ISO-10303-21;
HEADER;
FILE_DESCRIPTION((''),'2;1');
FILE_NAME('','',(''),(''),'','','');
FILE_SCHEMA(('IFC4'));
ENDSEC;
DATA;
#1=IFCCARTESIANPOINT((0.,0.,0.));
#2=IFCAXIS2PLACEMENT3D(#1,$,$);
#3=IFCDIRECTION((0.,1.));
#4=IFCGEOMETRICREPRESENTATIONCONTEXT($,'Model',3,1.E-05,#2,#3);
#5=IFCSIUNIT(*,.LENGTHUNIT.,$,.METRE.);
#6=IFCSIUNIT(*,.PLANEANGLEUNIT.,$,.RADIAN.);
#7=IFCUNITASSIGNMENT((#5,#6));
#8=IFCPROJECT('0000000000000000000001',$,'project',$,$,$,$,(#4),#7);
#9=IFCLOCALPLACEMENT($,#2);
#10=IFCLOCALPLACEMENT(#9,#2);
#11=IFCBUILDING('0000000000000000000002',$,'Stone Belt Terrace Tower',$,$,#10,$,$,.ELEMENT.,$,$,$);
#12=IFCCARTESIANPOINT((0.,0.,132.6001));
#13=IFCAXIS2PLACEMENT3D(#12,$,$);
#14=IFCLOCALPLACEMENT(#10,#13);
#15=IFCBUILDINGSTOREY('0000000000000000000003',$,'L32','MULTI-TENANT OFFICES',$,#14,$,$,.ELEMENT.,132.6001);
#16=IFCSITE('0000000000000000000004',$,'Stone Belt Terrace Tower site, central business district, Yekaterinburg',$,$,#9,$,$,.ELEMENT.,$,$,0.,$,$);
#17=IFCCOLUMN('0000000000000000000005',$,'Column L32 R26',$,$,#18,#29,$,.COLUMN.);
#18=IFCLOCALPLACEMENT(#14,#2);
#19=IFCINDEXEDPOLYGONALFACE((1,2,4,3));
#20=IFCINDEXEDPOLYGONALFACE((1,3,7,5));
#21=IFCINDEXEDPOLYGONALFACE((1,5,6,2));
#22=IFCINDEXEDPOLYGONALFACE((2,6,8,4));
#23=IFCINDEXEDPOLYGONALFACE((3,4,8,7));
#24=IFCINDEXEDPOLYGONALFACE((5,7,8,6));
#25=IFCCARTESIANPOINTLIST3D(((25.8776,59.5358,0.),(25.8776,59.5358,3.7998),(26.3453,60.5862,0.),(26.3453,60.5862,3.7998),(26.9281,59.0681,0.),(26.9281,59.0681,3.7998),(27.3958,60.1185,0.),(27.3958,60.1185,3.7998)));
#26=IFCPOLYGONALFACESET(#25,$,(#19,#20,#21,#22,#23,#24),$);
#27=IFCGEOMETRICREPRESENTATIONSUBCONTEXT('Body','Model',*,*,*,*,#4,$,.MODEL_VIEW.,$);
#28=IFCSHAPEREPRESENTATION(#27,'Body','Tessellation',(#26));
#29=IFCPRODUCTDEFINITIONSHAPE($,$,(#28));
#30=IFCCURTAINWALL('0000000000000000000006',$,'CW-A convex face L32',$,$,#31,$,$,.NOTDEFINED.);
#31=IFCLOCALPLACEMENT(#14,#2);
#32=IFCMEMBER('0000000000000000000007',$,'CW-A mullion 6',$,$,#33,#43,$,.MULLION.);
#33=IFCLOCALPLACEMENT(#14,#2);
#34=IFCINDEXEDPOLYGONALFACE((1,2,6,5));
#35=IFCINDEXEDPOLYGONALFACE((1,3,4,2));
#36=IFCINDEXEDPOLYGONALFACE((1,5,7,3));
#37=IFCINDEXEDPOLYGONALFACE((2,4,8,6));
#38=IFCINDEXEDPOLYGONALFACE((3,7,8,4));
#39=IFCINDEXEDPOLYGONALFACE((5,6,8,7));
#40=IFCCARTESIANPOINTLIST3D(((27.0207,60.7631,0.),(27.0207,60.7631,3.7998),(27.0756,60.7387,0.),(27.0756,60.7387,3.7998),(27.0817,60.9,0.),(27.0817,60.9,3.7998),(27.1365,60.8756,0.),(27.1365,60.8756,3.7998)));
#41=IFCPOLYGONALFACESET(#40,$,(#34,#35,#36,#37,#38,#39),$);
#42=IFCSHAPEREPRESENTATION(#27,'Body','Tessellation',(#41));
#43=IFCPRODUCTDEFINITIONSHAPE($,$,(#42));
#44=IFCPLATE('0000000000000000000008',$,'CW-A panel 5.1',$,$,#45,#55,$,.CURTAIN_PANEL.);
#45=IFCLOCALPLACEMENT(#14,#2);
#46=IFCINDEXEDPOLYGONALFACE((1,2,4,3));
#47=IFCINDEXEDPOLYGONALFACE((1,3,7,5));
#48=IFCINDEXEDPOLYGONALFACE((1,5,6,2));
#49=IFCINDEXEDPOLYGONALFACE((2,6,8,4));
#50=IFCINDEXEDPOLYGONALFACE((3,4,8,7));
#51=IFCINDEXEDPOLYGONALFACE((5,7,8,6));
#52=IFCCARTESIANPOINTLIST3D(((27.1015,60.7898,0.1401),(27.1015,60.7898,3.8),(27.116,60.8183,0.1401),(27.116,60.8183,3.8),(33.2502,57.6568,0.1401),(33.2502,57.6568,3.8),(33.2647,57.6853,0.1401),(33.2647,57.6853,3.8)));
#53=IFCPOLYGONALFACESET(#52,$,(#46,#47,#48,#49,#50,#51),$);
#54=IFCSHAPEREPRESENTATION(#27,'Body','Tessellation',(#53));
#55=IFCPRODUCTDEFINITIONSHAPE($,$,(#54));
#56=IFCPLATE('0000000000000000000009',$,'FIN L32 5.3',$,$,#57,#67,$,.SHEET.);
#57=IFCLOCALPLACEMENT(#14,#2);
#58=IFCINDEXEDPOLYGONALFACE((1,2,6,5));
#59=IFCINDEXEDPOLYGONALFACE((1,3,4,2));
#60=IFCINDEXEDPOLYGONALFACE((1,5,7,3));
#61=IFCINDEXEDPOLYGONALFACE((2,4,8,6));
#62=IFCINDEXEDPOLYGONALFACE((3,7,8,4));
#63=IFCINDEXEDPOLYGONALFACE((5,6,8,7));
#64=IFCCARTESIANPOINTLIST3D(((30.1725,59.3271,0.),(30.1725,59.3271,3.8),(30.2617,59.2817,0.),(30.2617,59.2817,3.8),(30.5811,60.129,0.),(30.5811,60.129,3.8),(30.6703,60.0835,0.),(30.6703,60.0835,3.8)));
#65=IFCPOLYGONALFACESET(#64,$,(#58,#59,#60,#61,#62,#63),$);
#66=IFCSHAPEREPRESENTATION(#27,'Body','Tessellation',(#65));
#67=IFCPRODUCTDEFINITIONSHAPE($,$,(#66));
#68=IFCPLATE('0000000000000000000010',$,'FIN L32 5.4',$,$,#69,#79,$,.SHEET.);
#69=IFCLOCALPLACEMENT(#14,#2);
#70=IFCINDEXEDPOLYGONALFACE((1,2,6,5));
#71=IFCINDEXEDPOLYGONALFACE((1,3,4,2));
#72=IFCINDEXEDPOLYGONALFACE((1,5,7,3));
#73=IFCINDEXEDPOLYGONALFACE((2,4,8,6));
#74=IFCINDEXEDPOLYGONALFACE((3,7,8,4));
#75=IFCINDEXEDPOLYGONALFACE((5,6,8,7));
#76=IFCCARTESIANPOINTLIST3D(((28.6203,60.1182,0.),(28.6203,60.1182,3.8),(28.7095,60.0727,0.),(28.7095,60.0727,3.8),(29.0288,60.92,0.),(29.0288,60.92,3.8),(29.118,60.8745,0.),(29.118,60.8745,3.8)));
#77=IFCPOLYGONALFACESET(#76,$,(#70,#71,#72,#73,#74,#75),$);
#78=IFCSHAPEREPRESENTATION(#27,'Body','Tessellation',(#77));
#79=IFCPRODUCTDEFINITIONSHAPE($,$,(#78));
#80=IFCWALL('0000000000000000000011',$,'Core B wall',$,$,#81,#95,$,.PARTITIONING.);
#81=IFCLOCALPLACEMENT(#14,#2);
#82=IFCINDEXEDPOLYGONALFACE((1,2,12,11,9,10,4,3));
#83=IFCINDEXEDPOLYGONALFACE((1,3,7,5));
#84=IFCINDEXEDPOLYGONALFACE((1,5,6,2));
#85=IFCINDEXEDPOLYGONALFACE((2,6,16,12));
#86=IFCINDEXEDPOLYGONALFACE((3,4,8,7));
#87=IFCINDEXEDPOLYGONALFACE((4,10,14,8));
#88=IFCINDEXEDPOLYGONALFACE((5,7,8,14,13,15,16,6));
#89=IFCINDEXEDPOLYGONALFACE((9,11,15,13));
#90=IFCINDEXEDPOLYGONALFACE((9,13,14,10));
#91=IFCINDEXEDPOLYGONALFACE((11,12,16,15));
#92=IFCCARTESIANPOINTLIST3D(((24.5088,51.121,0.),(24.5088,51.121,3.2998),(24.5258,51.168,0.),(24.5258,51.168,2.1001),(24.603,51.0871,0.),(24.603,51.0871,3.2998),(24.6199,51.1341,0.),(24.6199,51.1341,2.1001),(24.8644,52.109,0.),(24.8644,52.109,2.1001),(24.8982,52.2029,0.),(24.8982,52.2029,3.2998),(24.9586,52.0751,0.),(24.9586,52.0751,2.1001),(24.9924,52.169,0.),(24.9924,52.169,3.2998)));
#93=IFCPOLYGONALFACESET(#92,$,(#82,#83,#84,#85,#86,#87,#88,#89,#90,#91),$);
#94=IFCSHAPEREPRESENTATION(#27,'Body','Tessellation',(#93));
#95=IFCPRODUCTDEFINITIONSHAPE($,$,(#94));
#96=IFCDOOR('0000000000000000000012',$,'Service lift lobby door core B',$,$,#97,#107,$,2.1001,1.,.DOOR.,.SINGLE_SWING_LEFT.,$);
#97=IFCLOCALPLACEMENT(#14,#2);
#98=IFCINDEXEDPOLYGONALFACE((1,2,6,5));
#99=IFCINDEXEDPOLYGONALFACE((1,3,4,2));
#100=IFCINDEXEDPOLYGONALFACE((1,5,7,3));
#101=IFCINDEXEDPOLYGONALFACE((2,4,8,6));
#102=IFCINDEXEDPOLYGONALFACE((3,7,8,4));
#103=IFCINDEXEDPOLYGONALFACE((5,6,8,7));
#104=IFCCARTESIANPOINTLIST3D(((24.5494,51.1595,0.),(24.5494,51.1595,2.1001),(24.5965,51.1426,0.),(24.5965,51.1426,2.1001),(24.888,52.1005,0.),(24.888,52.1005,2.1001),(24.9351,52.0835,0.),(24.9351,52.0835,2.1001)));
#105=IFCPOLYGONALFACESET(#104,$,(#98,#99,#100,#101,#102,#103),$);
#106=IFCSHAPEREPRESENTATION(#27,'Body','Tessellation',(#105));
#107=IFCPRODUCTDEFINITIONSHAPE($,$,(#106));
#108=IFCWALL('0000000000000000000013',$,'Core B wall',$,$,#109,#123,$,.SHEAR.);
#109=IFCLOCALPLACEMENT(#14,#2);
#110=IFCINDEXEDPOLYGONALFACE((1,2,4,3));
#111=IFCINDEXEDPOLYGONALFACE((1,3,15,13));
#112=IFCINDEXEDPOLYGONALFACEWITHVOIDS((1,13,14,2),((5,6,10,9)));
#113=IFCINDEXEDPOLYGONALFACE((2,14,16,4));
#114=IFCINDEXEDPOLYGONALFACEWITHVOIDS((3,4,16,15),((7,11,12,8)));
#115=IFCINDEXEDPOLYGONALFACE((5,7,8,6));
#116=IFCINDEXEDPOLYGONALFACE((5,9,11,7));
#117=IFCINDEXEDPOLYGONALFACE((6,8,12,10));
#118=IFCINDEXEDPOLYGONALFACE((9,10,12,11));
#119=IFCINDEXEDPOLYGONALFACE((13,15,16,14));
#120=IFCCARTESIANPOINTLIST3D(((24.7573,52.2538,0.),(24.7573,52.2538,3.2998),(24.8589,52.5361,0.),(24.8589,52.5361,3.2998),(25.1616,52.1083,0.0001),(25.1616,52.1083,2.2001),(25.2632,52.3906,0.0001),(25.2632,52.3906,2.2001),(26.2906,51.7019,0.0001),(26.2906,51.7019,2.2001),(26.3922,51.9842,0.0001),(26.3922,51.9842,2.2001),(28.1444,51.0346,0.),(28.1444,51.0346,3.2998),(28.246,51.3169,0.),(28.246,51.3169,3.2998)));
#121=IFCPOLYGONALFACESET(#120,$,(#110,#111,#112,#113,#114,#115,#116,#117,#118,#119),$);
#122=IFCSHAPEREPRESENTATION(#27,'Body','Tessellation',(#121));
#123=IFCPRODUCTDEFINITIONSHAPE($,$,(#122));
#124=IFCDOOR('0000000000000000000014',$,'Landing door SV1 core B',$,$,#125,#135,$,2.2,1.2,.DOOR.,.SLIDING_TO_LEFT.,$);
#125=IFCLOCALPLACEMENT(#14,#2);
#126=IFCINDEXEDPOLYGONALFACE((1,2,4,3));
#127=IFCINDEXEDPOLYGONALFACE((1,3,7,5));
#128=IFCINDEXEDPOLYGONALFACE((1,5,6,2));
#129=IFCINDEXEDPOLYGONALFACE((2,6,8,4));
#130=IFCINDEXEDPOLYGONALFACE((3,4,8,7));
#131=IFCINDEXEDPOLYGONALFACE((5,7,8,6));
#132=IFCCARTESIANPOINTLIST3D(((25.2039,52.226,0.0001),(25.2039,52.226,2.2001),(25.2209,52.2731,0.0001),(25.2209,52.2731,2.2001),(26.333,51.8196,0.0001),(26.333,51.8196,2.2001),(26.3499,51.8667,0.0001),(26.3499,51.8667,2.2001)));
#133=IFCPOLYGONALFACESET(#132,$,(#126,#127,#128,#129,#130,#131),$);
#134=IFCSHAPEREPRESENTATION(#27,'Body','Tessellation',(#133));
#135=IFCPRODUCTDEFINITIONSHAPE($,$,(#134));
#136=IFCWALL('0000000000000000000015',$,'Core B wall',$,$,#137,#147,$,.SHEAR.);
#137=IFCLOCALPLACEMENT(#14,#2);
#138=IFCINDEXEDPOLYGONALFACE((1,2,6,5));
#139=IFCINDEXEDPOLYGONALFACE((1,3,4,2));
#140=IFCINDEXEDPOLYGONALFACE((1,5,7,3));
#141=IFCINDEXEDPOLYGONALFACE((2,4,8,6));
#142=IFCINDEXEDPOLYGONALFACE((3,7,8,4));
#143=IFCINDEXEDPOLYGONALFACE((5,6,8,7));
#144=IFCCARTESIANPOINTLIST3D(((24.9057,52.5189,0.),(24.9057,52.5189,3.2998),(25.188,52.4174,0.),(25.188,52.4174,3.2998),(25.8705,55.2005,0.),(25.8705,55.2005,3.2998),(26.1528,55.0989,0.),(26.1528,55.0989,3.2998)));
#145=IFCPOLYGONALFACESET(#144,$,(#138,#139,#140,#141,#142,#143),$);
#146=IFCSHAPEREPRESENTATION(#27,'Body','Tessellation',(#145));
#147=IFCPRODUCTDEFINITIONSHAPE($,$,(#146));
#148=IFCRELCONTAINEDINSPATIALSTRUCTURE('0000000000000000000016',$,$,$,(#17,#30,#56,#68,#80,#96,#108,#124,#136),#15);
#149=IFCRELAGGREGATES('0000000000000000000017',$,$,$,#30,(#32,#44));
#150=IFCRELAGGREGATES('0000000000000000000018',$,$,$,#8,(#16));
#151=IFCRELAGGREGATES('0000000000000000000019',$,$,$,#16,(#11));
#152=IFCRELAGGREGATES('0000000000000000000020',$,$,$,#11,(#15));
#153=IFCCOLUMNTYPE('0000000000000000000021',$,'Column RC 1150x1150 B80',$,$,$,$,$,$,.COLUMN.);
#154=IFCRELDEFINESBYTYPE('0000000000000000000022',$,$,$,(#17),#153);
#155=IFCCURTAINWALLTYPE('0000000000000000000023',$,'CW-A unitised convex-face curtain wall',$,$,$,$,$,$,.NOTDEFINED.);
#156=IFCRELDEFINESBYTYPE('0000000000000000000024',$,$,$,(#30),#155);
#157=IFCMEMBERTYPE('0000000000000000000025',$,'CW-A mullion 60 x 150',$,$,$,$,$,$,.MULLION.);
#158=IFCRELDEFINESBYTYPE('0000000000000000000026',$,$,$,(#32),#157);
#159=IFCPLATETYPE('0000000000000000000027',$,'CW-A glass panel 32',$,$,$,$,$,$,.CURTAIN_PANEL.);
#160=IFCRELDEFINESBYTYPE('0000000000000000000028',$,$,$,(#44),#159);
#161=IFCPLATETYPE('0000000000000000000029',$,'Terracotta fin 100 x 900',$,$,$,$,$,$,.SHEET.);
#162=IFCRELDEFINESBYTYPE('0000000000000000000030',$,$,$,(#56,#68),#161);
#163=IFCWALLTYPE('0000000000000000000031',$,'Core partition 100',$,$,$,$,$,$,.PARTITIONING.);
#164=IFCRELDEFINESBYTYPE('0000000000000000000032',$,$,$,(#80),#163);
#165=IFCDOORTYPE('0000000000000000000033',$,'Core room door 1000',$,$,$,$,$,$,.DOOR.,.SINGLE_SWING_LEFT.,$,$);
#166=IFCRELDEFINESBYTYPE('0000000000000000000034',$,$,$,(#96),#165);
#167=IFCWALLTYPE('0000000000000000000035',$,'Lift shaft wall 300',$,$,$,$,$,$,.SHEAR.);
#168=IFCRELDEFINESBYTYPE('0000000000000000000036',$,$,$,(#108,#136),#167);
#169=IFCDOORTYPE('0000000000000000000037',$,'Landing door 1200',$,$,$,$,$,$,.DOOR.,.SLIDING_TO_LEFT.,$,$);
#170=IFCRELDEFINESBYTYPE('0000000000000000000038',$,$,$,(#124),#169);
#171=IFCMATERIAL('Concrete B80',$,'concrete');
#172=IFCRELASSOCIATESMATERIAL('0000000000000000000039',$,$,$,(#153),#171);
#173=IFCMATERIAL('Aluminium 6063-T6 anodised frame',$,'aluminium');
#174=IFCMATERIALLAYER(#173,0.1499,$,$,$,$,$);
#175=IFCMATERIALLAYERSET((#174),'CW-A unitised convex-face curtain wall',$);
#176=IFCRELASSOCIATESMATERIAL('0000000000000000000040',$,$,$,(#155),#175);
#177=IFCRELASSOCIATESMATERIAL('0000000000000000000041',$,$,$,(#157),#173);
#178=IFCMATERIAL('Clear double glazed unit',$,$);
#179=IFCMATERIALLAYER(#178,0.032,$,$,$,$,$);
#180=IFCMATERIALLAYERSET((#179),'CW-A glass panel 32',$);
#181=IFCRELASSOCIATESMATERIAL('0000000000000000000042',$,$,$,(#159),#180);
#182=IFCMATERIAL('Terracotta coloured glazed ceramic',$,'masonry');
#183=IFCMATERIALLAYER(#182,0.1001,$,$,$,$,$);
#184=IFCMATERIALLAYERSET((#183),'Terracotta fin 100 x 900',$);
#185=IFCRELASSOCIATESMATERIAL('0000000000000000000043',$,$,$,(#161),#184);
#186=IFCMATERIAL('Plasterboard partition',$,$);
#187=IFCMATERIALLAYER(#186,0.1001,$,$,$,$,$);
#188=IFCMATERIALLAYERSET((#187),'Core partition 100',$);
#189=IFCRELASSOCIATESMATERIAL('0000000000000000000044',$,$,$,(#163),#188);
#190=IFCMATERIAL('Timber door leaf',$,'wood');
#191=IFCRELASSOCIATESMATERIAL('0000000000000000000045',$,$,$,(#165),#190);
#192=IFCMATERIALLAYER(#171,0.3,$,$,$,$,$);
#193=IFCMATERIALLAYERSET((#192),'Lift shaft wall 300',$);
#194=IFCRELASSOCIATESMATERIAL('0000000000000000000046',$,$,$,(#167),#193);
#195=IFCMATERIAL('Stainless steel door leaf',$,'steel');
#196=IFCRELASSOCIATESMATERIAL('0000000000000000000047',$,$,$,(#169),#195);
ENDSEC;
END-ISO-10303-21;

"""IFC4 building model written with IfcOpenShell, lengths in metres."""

from ifc_helpers import new_model, si_unit, direction, frame, frame_2d, origin, origin_2d, place, context, subcontext, project, spatial, rectangle, extrude, material, layer, layer_set, material_profile, profile_set, type_object, element, fill, aggregate, save


model = new_model("IFC4")

# Units and contexts
model_context = context("Model", 3, precision=1e-05, world=origin(), true_north=direction((0.0, 1.0)))
body_context = subcontext(model_context, "Body", "Model", "MODEL_VIEW")
ifc_project = project(units=[si_unit("LENGTHUNIT", "METRE"), si_unit("PLANEANGLEUNIT", "RADIAN")], contexts=[model_context])

# Site, building, storey
site_placement = place(None, origin())
site = spatial("IfcSite", under=ifc_project, at=site_placement, Name="Stone Belt Terrace Tower site, central business district, Yekaterinburg", CompositionType="ELEMENT", RefElevation=0.0)
building_placement = place(site_placement, origin())
building = spatial("IfcBuilding", under=site, at=building_placement, Name="Stone Belt Terrace Tower", CompositionType="ELEMENT")
storey_placement = place(building_placement, frame((0.0, 0.0, 132.6001)))
storey = spatial("IfcBuildingStorey", under=building, at=storey_placement, Name="L32", Description="MULTI-TENANT OFFICES", CompositionType="ELEMENT", Elevation=132.6001)

# Column
ifc_material_1 = material(Name="Concrete B80", Category="concrete")
ifc_material_profile_1 = material_profile(ifc_material_1, rectangle(XDim=1.1499, YDim=1.1499, at=origin_2d()), Name="RC 1150x1150")
ifc_profile_set_1 = profile_set([ifc_material_profile_1], Name="Concrete B80")
column_type = type_object("IfcColumnType", Name="Column RC 1150x1150 B80", PredefinedType="COLUMN", material=ifc_profile_set_1)
column_placement = place(storey_placement, frame((26.6367, 59.8271, 0.0), z_axis=(0.0, 0.0, 1.0), x_axis=(0.913545, -0.406737, 0.0)))
element("IfcColumn", 1, at=column_placement, inside=storey, type_object=column_type, Name="Column L32 R26", PredefinedType="COLUMN", context=body_context, shape_type="SweptSolid", body=[
    extrude(rectangle(XDim=1.1499, YDim=1.1499, at=origin_2d()), origin(), (0.0, 0.0, 1.0), 3.7998),
])

# Curtain wall, member, plate
ifc_material_2 = material(Name="Aluminium 6063-T6 anodised frame", Category="aluminium")
ifc_layer_1 = layer(ifc_material_2, 0.1499)
ifc_layer_set_1 = layer_set([ifc_layer_1], Name="CW-A unitised convex-face curtain wall")
curtain_wall_type = type_object("IfcCurtainWallType", Name="CW-A unitised convex-face curtain wall", PredefinedType="NOTDEFINED", material=ifc_layer_set_1)
curtain_wall_placement = place(storey_placement, origin())
curtain_wall = element("IfcCurtainWall", 2, at=curtain_wall_placement, inside=storey, type_object=curtain_wall_type, Name="CW-A convex face L32", PredefinedType="NOTDEFINED")
ifc_material_profile_2 = material_profile(ifc_material_2, rectangle(XDim=0.1499, YDim=0.0601, at=origin_2d()), Name="Aluminium 6063-T6 60x150")
ifc_profile_set_2 = profile_set([ifc_material_profile_2], Name="Aluminium 6063-T6 anodised frame")
member_type = type_object("IfcMemberType", Name="CW-A mullion 60 x 150", PredefinedType="MULLION", material=ifc_profile_set_2)
member_placement = place(storey_placement, frame((27.0786, 60.8193, 0.0), z_axis=(0.0, 0.0, 1.0), x_axis=(-0.406737, -0.913545, 0.0)))
member = element("IfcMember", 3, at=member_placement, type_object=member_type, Name="CW-A mullion 6", PredefinedType="MULLION", context=body_context, shape_type="SweptSolid", body=[
    extrude(rectangle(XDim=0.1499, YDim=0.0601, at=origin_2d()), origin(), (0.0, 0.0, 1.0), 3.7998),
])
ifc_material_3 = material(Name="Clear double glazed unit")
ifc_layer_2 = layer(ifc_material_3, 0.032)
ifc_layer_set_2 = layer_set([ifc_layer_2], Name="CW-A glass panel 32")
plate_type_1 = type_object("IfcPlateType", Name="CW-A glass panel 32", PredefinedType="CURTAIN_PANEL", material=ifc_layer_set_2)
plate_placement = place(storey_placement, frame((30.1831, 59.2375, 0.1401), z_axis=(0.0, 0.0, 1.0), x_axis=(-0.891007, 0.45399, 0.0)))
plate = element("IfcPlate", 4, at=plate_placement, type_object=plate_type_1, Name="CW-A panel 5.1", PredefinedType="CURTAIN_PANEL", context=body_context, shape_type="SweptSolid", body=[
    extrude(rectangle(XDim=6.9009, YDim=0.032, at=origin_2d()), origin(), (0.0, 0.0, 1.0), 3.6599),
])
aggregate(curtain_wall, [member, plate])

# Plates
ifc_material_4 = material(Name="Terracotta coloured glazed ceramic", Category="masonry")
ifc_layer_3 = layer(ifc_material_4, 0.1001)
ifc_layer_set_3 = layer_set([ifc_layer_3], Name="Terracotta fin 100 x 900")
plate_type_2 = type_object("IfcPlateType", Name="Terracotta fin 100 x 900", PredefinedType="SHEET", material=ifc_layer_set_3)
for number, where, z_axis, x_axis, name in (
    (5, (30.4214, 59.7053, 0.0), (0.0, 0.0, 1.0), (0.45399, 0.891007, 0.0), "FIN L32 5.3"),
    (6, (28.8691, 60.4963, 0.0), (0.0, 0.0, 1.0), (0.45399, 0.891007, 0.0), "FIN L32 5.4"),
):
    element("IfcPlate", number, at=place(storey_placement, frame(where, z_axis=z_axis, x_axis=x_axis)), inside=storey, type_object=plate_type_2, Name=name, PredefinedType="SHEET", context=body_context, shape_type="SweptSolid", body=[
        extrude(rectangle(XDim=0.8999, YDim=0.1001, at=origin_2d()), origin(), (0.0, 0.0, 1.0), 3.8),
    ])

# Walls, openings, doors
ifc_material_5 = material(Name="Plasterboard partition")
ifc_layer_4 = layer(ifc_material_5, 0.1001)
ifc_layer_set_4 = layer_set([ifc_layer_4], Name="Core partition 100")
wall_type_1 = type_object("IfcWallType", Name="Core partition 100", PredefinedType="PARTITIONING", material=ifc_layer_set_4)
wall_1_placement = place(storey_placement, frame((24.5559, 51.104, 0.0), z_axis=(0.0, 0.0, 1.0), x_axis=(0.338622, 0.940923, 0.0)))
wall_1 = element("IfcWall", 7, at=wall_1_placement, inside=storey, type_object=wall_type_1, Name="Core B wall", PredefinedType="PARTITIONING", context=body_context, shape_type="SweptSolid", body=[
    extrude(rectangle(XDim=1.1499, YDim=0.1001, at=frame_2d((0.575, 0.0))), origin(), (0.0, 0.0, 1.0), 3.2998),
])
opening_1_placement = place(wall_1_placement, frame((0.05, 0.0, 0.0)))
opening_1 = element("IfcOpeningElement", 8, at=opening_1_placement, cuts=wall_1, PredefinedType="OPENING", context=body_context, shape_type="SweptSolid", body=[
    extrude(rectangle(XDim=1.0, YDim=2.1001, at=frame_2d((0.5, 1.05))), frame((0.0, 0.0601, 0.0), z_axis=(0.0, -1.0, 0.0), x_axis=(1.0, 0.0, 0.0)), (0.0, 0.0, 1.0), 0.1201),
])
ifc_material_6 = material(Name="Timber door leaf", Category="wood")
door_type_1 = type_object("IfcDoorType", Name="Core room door 1000", OperationType="SINGLE_SWING_LEFT", PredefinedType="DOOR", material=ifc_material_6)
door_1_placement = place(opening_1_placement, origin())
door_1 = element("IfcDoor", 9, at=door_1_placement, inside=storey, type_object=door_type_1, Name="Service lift lobby door core B", OperationType="SINGLE_SWING_LEFT", OverallHeight=2.1001, OverallWidth=1.0, PredefinedType="DOOR", context=body_context, shape_type="SweptSolid", body=[
    extrude(rectangle(XDim=1.0, YDim=2.1001, at=frame_2d((0.5, 1.05))), frame((0.0, 0.0249, 0.0), z_axis=(0.0, -1.0, 0.0), x_axis=(1.0, 0.0, 0.0)), (0.0, 0.0, 1.0), 0.05),
])
fill(opening_1, door_1)
ifc_layer_5 = layer(ifc_material_1, 0.3)
ifc_layer_set_5 = layer_set([ifc_layer_5], Name="Lift shaft wall 300")
wall_type_2 = type_object("IfcWallType", Name="Lift shaft wall 300", PredefinedType="SHEAR", material=ifc_layer_set_5)
wall_2_placement = place(storey_placement, frame((28.1951, 51.1758, 0.0), z_axis=(0.0, 0.0, 1.0), x_axis=(-0.940901, 0.338681, 0.0)))
wall_2 = element("IfcWall", 10, at=wall_2_placement, inside=storey, type_object=wall_type_2, Name="Core B wall", PredefinedType="SHEAR", context=body_context, shape_type="SweptSolid", body=[
    extrude(rectangle(XDim=3.5999, YDim=0.3, at=frame_2d((1.7998, 0.0))), origin(), (0.0, 0.0, 1.0), 3.2998),
])
opening_2_placement = place(wall_2_placement, frame((1.97, 0.0, 0.0)))
opening_2 = element("IfcOpeningElement", 11, at=opening_2_placement, cuts=wall_2, PredefinedType="OPENING", context=body_context, shape_type="SweptSolid", body=[
    extrude(rectangle(XDim=1.2, YDim=2.2, at=frame_2d((0.6001, 1.1001))), frame((0.0, 0.1599, 0.0), z_axis=(0.0, -1.0, 0.0), x_axis=(1.0, 0.0, 0.0)), (0.0, 0.0, 1.0), 0.3201),
])
ifc_material_7 = material(Name="Stainless steel door leaf", Category="steel")
door_type_2 = type_object("IfcDoorType", Name="Landing door 1200", OperationType="SLIDING_TO_LEFT", PredefinedType="DOOR", material=ifc_material_7)
door_2_placement = place(opening_2_placement, origin())
door_2 = element("IfcDoor", 12, at=door_2_placement, inside=storey, type_object=door_type_2, Name="Landing door SV1 core B", OperationType="SLIDING_TO_LEFT", OverallHeight=2.2, OverallWidth=1.2, PredefinedType="DOOR", context=body_context, shape_type="SweptSolid", body=[
    extrude(rectangle(XDim=1.2, YDim=2.2, at=frame_2d((0.6001, 1.1001))), frame((0.0, 0.0249, 0.0), z_axis=(0.0, -1.0, 0.0), x_axis=(1.0, 0.0, 0.0)), (0.0, 0.0, 1.0), 0.05),
])
fill(opening_2, door_2)

# Wall
wall_3_placement = place(storey_placement, frame((25.0469, 52.4683, 0.0), z_axis=(0.0, 0.0, 1.0), x_axis=(0.33855, 0.940949, 0.0)))
element("IfcWall", 13, at=wall_3_placement, inside=storey, type_object=wall_type_2, Name="Core B wall", PredefinedType="SHEAR", context=body_context, shape_type="SweptSolid", body=[
    extrude(rectangle(XDim=2.8499, YDim=0.3, at=frame_2d((1.4248, 0.0))), origin(), (0.0, 0.0, 1.0), 3.2998),
])

save(model, "model.ifc")
